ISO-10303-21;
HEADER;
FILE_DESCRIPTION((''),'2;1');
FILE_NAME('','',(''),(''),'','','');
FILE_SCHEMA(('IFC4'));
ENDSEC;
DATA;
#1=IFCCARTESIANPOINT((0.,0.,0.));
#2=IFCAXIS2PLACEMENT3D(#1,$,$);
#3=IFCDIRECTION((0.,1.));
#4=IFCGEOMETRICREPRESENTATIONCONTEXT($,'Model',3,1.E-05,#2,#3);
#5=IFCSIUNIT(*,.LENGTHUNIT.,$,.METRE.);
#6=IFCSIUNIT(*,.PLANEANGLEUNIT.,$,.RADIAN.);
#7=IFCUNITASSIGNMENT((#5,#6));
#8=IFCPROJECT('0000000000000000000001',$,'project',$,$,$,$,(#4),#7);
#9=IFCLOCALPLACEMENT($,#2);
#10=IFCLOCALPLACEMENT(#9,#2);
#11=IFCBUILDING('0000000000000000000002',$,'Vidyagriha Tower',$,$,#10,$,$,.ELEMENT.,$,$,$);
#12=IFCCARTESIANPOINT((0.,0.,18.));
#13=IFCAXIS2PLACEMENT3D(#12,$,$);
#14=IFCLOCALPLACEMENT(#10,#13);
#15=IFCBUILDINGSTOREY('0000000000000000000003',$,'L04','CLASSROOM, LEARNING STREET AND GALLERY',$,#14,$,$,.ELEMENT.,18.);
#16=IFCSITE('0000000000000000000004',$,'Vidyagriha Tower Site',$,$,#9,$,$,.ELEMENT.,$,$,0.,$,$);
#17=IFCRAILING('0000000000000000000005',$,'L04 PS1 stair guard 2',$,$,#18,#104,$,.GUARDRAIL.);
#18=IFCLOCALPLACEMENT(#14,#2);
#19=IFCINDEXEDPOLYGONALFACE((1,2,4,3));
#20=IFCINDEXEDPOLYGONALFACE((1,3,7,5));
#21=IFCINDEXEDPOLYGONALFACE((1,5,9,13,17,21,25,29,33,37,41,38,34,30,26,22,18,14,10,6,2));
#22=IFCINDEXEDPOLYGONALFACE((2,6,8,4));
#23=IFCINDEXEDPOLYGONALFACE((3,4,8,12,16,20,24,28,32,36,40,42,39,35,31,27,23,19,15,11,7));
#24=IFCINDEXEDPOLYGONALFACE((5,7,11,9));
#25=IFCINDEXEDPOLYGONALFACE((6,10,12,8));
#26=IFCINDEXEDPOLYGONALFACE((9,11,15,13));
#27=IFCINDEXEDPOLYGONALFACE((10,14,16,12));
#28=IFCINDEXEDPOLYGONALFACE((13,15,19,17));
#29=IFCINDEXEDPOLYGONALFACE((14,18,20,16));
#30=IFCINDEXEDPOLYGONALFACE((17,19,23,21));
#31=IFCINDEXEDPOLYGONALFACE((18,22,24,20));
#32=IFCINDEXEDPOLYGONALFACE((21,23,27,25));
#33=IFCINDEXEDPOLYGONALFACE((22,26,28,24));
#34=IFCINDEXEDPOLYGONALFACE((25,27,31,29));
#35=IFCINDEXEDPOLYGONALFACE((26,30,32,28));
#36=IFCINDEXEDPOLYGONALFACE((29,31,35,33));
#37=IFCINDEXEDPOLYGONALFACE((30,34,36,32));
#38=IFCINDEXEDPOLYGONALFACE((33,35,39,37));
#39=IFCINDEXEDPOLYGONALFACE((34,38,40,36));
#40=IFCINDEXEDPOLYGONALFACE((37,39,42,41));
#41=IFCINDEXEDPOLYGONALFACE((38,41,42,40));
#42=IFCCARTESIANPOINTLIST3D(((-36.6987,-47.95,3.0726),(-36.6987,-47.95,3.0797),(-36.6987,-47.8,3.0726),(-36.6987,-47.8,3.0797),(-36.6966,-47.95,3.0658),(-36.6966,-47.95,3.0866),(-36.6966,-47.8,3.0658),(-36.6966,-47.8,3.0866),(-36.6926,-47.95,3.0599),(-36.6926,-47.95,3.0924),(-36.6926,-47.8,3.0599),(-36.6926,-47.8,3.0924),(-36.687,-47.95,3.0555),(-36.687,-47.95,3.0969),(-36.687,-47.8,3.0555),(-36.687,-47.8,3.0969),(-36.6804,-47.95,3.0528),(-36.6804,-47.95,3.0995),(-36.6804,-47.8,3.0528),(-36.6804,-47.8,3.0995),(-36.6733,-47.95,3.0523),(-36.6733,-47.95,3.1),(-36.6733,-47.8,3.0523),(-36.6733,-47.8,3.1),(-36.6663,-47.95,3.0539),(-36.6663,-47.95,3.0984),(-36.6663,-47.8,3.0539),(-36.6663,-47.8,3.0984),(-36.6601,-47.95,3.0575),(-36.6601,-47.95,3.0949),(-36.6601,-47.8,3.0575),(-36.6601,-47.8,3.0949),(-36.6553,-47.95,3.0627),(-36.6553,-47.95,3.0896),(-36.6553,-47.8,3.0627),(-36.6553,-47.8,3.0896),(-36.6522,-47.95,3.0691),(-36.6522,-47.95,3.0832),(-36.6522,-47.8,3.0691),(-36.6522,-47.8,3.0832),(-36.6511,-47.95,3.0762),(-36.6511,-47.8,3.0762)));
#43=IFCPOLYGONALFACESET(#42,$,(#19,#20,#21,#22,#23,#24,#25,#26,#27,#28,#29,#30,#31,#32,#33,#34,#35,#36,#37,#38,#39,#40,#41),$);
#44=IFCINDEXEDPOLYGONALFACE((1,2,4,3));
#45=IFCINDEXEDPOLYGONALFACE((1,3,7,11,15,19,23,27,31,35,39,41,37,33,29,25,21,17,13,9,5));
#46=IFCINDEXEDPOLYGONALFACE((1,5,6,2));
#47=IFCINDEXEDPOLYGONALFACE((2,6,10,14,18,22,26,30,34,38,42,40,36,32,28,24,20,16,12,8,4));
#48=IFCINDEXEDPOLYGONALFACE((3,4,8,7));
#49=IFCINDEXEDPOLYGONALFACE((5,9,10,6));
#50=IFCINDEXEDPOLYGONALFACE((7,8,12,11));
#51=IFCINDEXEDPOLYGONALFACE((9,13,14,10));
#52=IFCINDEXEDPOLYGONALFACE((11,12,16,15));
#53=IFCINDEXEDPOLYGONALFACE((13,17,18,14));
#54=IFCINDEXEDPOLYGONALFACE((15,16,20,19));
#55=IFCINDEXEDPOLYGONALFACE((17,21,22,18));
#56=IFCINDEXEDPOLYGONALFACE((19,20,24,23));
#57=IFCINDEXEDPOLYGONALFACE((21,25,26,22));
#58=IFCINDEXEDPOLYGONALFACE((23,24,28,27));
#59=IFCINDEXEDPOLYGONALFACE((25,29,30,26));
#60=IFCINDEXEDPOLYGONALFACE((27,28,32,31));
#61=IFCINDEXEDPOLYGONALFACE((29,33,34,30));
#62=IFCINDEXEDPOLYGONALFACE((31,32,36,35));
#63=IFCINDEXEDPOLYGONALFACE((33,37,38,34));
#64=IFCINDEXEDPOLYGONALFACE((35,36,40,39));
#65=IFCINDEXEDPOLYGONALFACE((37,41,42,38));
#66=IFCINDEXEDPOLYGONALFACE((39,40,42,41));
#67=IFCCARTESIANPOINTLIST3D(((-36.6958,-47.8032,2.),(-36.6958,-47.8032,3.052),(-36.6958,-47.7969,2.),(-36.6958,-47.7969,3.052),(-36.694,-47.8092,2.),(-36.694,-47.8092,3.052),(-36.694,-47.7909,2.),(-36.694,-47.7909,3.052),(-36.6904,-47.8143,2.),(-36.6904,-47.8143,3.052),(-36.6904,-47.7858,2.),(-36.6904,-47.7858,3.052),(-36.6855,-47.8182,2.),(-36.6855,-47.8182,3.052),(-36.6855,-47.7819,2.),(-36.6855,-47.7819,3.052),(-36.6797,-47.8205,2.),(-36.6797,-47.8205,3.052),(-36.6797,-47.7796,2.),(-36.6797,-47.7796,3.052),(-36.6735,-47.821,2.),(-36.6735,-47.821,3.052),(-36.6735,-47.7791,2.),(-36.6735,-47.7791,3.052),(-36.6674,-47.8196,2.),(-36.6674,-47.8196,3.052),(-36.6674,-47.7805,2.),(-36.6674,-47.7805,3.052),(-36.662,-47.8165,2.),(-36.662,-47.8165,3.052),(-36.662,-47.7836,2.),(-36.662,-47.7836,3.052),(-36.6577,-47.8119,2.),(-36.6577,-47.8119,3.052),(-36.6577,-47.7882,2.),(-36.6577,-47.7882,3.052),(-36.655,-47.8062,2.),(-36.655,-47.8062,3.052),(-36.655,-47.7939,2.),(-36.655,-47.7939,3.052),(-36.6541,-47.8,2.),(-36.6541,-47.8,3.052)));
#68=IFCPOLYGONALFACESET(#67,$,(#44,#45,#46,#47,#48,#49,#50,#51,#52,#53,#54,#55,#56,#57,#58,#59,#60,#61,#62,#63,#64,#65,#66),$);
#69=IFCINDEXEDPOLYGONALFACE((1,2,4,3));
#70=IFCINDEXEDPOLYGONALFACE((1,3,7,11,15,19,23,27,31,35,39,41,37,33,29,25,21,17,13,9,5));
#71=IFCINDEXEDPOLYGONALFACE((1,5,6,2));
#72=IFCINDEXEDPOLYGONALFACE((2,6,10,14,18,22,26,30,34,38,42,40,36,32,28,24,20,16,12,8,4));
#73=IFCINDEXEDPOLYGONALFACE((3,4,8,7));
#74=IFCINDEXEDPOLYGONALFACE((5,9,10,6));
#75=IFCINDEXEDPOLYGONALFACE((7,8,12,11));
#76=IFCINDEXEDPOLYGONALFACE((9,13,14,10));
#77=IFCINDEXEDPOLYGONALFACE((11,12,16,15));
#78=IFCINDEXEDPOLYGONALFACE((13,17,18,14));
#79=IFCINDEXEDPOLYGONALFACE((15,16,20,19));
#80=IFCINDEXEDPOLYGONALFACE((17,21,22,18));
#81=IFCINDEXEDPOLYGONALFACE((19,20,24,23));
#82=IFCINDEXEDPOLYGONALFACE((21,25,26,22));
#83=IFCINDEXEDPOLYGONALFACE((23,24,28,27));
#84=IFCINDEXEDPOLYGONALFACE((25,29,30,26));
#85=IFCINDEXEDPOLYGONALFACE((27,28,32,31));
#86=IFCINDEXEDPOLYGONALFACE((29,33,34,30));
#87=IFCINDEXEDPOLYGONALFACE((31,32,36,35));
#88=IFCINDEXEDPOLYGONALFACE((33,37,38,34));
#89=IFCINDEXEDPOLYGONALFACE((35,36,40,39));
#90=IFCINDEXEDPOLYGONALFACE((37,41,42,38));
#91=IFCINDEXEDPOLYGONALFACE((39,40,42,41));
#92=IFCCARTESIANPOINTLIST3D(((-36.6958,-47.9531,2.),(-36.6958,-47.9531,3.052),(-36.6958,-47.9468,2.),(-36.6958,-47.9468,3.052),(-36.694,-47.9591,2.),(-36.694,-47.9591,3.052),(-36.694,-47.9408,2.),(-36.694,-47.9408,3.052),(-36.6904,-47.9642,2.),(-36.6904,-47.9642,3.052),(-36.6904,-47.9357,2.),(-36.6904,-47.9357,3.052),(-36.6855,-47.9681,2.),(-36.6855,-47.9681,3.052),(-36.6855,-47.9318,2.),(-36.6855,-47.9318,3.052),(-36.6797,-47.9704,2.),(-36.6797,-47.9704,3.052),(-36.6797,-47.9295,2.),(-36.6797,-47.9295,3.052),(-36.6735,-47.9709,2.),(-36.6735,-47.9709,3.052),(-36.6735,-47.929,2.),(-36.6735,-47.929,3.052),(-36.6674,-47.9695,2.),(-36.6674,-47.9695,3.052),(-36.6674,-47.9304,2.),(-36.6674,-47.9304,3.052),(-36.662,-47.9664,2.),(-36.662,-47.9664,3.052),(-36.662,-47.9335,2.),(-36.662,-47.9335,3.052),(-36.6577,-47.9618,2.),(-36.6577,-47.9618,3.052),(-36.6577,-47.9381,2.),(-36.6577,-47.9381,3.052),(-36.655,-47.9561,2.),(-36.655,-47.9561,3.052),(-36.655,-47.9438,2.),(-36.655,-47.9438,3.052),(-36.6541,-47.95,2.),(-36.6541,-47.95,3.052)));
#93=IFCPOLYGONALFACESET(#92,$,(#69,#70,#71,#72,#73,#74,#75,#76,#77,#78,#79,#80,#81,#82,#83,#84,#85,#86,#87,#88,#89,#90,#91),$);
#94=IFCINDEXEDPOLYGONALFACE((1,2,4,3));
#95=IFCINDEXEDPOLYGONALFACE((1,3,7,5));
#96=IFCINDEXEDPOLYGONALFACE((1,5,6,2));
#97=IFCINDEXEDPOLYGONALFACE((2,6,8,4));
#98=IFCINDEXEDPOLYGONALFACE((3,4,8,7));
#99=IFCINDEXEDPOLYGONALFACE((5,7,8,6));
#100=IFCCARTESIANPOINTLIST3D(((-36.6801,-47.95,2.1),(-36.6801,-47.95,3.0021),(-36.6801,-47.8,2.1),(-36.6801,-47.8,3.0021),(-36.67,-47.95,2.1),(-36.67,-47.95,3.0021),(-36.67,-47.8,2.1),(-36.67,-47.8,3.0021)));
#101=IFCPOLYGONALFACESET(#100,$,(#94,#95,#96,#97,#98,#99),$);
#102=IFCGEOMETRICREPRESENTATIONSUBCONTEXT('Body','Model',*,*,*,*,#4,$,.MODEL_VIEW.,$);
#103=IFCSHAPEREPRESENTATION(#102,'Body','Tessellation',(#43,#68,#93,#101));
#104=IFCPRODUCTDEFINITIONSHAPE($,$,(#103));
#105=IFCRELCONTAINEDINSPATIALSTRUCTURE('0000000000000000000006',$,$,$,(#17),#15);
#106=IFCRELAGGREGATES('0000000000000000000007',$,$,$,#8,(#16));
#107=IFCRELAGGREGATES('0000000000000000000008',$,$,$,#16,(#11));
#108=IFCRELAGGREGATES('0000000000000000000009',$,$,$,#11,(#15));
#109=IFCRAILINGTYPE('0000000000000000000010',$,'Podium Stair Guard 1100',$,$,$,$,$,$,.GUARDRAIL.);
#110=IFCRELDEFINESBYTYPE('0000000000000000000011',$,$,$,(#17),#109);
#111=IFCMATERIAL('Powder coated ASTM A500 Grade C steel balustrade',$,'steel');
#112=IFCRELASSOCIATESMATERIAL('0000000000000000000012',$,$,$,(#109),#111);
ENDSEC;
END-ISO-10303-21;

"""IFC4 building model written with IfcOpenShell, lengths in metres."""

from ifc_helpers import new_model, si_unit, direction, frame, origin, origin_2d, place, context, subcontext, project, spatial, rectangle, circle, extrude, material, type_object, element, save


model = new_model("IFC4")

# Units and contexts
model_context = context("Model", 3, precision=1e-05, world=origin(), true_north=direction((0.0, 1.0)))
body_context = subcontext(model_context, "Body", "Model", "MODEL_VIEW")
ifc_project = project(units=[si_unit("LENGTHUNIT", "METRE"), si_unit("PLANEANGLEUNIT", "RADIAN")], contexts=[model_context])

# Site, building, storey
site_placement = place(None, origin())
site = spatial("IfcSite", under=ifc_project, at=site_placement, Name="Vidyagriha Tower Site", CompositionType="ELEMENT", RefElevation=0.0)
building_placement = place(site_placement, origin())
building = spatial("IfcBuilding", under=site, at=building_placement, Name="Vidyagriha Tower", CompositionType="ELEMENT")
storey_placement = place(building_placement, frame((0.0, 0.0, 18.0)))
storey = spatial("IfcBuildingStorey", under=building, at=storey_placement, Name="L04", Description="CLASSROOM, LEARNING STREET AND GALLERY", CompositionType="ELEMENT", Elevation=18.0)

# Railing
ifc_material_1 = material(Name="Powder coated ASTM A500 Grade C steel balustrade", Category="steel")
railing_type_1 = type_object("IfcRailingType", Name="Podium Stair Guard 1100", PredefinedType="GUARDRAIL", material=ifc_material_1)
railing_1_placement = place(storey_placement, frame((-36.675, -47.8, 2.0)))
element("IfcRailing", 1, at=railing_1_placement, inside=storey, type_object=railing_type_1, Name="L04 PS1 stair guard 2", PredefinedType="GUARDRAIL", context=body_context, shape_type="SweptSolid", body=[
    extrude(circle(Radius=0.0239, at=origin_2d()), frame((0.0, 0.0, 1.0762), z_axis=(0.0, -1.0, 0.0), x_axis=(1.0, 0.0, 0.0)), (0.0, 0.0, 1.0), 0.1499),
    extrude(circle(Radius=0.021, at=origin_2d()), origin(), (0.0, 0.0, 1.0), 1.052),
    extrude(circle(Radius=0.021, at=origin_2d()), frame((0.0, -0.1499, 0.0)), (0.0, 0.0, 1.0), 1.052),
    extrude(rectangle(XDim=0.01, YDim=0.9021, at=origin_2d()), frame((0.0, 0.0, 0.551), z_axis=(0.0, -1.0, 0.0), x_axis=(1.0, 0.0, 0.0)), (0.0, 0.0, 1.0), 0.1499),
])

save(model, "model.ifc")
